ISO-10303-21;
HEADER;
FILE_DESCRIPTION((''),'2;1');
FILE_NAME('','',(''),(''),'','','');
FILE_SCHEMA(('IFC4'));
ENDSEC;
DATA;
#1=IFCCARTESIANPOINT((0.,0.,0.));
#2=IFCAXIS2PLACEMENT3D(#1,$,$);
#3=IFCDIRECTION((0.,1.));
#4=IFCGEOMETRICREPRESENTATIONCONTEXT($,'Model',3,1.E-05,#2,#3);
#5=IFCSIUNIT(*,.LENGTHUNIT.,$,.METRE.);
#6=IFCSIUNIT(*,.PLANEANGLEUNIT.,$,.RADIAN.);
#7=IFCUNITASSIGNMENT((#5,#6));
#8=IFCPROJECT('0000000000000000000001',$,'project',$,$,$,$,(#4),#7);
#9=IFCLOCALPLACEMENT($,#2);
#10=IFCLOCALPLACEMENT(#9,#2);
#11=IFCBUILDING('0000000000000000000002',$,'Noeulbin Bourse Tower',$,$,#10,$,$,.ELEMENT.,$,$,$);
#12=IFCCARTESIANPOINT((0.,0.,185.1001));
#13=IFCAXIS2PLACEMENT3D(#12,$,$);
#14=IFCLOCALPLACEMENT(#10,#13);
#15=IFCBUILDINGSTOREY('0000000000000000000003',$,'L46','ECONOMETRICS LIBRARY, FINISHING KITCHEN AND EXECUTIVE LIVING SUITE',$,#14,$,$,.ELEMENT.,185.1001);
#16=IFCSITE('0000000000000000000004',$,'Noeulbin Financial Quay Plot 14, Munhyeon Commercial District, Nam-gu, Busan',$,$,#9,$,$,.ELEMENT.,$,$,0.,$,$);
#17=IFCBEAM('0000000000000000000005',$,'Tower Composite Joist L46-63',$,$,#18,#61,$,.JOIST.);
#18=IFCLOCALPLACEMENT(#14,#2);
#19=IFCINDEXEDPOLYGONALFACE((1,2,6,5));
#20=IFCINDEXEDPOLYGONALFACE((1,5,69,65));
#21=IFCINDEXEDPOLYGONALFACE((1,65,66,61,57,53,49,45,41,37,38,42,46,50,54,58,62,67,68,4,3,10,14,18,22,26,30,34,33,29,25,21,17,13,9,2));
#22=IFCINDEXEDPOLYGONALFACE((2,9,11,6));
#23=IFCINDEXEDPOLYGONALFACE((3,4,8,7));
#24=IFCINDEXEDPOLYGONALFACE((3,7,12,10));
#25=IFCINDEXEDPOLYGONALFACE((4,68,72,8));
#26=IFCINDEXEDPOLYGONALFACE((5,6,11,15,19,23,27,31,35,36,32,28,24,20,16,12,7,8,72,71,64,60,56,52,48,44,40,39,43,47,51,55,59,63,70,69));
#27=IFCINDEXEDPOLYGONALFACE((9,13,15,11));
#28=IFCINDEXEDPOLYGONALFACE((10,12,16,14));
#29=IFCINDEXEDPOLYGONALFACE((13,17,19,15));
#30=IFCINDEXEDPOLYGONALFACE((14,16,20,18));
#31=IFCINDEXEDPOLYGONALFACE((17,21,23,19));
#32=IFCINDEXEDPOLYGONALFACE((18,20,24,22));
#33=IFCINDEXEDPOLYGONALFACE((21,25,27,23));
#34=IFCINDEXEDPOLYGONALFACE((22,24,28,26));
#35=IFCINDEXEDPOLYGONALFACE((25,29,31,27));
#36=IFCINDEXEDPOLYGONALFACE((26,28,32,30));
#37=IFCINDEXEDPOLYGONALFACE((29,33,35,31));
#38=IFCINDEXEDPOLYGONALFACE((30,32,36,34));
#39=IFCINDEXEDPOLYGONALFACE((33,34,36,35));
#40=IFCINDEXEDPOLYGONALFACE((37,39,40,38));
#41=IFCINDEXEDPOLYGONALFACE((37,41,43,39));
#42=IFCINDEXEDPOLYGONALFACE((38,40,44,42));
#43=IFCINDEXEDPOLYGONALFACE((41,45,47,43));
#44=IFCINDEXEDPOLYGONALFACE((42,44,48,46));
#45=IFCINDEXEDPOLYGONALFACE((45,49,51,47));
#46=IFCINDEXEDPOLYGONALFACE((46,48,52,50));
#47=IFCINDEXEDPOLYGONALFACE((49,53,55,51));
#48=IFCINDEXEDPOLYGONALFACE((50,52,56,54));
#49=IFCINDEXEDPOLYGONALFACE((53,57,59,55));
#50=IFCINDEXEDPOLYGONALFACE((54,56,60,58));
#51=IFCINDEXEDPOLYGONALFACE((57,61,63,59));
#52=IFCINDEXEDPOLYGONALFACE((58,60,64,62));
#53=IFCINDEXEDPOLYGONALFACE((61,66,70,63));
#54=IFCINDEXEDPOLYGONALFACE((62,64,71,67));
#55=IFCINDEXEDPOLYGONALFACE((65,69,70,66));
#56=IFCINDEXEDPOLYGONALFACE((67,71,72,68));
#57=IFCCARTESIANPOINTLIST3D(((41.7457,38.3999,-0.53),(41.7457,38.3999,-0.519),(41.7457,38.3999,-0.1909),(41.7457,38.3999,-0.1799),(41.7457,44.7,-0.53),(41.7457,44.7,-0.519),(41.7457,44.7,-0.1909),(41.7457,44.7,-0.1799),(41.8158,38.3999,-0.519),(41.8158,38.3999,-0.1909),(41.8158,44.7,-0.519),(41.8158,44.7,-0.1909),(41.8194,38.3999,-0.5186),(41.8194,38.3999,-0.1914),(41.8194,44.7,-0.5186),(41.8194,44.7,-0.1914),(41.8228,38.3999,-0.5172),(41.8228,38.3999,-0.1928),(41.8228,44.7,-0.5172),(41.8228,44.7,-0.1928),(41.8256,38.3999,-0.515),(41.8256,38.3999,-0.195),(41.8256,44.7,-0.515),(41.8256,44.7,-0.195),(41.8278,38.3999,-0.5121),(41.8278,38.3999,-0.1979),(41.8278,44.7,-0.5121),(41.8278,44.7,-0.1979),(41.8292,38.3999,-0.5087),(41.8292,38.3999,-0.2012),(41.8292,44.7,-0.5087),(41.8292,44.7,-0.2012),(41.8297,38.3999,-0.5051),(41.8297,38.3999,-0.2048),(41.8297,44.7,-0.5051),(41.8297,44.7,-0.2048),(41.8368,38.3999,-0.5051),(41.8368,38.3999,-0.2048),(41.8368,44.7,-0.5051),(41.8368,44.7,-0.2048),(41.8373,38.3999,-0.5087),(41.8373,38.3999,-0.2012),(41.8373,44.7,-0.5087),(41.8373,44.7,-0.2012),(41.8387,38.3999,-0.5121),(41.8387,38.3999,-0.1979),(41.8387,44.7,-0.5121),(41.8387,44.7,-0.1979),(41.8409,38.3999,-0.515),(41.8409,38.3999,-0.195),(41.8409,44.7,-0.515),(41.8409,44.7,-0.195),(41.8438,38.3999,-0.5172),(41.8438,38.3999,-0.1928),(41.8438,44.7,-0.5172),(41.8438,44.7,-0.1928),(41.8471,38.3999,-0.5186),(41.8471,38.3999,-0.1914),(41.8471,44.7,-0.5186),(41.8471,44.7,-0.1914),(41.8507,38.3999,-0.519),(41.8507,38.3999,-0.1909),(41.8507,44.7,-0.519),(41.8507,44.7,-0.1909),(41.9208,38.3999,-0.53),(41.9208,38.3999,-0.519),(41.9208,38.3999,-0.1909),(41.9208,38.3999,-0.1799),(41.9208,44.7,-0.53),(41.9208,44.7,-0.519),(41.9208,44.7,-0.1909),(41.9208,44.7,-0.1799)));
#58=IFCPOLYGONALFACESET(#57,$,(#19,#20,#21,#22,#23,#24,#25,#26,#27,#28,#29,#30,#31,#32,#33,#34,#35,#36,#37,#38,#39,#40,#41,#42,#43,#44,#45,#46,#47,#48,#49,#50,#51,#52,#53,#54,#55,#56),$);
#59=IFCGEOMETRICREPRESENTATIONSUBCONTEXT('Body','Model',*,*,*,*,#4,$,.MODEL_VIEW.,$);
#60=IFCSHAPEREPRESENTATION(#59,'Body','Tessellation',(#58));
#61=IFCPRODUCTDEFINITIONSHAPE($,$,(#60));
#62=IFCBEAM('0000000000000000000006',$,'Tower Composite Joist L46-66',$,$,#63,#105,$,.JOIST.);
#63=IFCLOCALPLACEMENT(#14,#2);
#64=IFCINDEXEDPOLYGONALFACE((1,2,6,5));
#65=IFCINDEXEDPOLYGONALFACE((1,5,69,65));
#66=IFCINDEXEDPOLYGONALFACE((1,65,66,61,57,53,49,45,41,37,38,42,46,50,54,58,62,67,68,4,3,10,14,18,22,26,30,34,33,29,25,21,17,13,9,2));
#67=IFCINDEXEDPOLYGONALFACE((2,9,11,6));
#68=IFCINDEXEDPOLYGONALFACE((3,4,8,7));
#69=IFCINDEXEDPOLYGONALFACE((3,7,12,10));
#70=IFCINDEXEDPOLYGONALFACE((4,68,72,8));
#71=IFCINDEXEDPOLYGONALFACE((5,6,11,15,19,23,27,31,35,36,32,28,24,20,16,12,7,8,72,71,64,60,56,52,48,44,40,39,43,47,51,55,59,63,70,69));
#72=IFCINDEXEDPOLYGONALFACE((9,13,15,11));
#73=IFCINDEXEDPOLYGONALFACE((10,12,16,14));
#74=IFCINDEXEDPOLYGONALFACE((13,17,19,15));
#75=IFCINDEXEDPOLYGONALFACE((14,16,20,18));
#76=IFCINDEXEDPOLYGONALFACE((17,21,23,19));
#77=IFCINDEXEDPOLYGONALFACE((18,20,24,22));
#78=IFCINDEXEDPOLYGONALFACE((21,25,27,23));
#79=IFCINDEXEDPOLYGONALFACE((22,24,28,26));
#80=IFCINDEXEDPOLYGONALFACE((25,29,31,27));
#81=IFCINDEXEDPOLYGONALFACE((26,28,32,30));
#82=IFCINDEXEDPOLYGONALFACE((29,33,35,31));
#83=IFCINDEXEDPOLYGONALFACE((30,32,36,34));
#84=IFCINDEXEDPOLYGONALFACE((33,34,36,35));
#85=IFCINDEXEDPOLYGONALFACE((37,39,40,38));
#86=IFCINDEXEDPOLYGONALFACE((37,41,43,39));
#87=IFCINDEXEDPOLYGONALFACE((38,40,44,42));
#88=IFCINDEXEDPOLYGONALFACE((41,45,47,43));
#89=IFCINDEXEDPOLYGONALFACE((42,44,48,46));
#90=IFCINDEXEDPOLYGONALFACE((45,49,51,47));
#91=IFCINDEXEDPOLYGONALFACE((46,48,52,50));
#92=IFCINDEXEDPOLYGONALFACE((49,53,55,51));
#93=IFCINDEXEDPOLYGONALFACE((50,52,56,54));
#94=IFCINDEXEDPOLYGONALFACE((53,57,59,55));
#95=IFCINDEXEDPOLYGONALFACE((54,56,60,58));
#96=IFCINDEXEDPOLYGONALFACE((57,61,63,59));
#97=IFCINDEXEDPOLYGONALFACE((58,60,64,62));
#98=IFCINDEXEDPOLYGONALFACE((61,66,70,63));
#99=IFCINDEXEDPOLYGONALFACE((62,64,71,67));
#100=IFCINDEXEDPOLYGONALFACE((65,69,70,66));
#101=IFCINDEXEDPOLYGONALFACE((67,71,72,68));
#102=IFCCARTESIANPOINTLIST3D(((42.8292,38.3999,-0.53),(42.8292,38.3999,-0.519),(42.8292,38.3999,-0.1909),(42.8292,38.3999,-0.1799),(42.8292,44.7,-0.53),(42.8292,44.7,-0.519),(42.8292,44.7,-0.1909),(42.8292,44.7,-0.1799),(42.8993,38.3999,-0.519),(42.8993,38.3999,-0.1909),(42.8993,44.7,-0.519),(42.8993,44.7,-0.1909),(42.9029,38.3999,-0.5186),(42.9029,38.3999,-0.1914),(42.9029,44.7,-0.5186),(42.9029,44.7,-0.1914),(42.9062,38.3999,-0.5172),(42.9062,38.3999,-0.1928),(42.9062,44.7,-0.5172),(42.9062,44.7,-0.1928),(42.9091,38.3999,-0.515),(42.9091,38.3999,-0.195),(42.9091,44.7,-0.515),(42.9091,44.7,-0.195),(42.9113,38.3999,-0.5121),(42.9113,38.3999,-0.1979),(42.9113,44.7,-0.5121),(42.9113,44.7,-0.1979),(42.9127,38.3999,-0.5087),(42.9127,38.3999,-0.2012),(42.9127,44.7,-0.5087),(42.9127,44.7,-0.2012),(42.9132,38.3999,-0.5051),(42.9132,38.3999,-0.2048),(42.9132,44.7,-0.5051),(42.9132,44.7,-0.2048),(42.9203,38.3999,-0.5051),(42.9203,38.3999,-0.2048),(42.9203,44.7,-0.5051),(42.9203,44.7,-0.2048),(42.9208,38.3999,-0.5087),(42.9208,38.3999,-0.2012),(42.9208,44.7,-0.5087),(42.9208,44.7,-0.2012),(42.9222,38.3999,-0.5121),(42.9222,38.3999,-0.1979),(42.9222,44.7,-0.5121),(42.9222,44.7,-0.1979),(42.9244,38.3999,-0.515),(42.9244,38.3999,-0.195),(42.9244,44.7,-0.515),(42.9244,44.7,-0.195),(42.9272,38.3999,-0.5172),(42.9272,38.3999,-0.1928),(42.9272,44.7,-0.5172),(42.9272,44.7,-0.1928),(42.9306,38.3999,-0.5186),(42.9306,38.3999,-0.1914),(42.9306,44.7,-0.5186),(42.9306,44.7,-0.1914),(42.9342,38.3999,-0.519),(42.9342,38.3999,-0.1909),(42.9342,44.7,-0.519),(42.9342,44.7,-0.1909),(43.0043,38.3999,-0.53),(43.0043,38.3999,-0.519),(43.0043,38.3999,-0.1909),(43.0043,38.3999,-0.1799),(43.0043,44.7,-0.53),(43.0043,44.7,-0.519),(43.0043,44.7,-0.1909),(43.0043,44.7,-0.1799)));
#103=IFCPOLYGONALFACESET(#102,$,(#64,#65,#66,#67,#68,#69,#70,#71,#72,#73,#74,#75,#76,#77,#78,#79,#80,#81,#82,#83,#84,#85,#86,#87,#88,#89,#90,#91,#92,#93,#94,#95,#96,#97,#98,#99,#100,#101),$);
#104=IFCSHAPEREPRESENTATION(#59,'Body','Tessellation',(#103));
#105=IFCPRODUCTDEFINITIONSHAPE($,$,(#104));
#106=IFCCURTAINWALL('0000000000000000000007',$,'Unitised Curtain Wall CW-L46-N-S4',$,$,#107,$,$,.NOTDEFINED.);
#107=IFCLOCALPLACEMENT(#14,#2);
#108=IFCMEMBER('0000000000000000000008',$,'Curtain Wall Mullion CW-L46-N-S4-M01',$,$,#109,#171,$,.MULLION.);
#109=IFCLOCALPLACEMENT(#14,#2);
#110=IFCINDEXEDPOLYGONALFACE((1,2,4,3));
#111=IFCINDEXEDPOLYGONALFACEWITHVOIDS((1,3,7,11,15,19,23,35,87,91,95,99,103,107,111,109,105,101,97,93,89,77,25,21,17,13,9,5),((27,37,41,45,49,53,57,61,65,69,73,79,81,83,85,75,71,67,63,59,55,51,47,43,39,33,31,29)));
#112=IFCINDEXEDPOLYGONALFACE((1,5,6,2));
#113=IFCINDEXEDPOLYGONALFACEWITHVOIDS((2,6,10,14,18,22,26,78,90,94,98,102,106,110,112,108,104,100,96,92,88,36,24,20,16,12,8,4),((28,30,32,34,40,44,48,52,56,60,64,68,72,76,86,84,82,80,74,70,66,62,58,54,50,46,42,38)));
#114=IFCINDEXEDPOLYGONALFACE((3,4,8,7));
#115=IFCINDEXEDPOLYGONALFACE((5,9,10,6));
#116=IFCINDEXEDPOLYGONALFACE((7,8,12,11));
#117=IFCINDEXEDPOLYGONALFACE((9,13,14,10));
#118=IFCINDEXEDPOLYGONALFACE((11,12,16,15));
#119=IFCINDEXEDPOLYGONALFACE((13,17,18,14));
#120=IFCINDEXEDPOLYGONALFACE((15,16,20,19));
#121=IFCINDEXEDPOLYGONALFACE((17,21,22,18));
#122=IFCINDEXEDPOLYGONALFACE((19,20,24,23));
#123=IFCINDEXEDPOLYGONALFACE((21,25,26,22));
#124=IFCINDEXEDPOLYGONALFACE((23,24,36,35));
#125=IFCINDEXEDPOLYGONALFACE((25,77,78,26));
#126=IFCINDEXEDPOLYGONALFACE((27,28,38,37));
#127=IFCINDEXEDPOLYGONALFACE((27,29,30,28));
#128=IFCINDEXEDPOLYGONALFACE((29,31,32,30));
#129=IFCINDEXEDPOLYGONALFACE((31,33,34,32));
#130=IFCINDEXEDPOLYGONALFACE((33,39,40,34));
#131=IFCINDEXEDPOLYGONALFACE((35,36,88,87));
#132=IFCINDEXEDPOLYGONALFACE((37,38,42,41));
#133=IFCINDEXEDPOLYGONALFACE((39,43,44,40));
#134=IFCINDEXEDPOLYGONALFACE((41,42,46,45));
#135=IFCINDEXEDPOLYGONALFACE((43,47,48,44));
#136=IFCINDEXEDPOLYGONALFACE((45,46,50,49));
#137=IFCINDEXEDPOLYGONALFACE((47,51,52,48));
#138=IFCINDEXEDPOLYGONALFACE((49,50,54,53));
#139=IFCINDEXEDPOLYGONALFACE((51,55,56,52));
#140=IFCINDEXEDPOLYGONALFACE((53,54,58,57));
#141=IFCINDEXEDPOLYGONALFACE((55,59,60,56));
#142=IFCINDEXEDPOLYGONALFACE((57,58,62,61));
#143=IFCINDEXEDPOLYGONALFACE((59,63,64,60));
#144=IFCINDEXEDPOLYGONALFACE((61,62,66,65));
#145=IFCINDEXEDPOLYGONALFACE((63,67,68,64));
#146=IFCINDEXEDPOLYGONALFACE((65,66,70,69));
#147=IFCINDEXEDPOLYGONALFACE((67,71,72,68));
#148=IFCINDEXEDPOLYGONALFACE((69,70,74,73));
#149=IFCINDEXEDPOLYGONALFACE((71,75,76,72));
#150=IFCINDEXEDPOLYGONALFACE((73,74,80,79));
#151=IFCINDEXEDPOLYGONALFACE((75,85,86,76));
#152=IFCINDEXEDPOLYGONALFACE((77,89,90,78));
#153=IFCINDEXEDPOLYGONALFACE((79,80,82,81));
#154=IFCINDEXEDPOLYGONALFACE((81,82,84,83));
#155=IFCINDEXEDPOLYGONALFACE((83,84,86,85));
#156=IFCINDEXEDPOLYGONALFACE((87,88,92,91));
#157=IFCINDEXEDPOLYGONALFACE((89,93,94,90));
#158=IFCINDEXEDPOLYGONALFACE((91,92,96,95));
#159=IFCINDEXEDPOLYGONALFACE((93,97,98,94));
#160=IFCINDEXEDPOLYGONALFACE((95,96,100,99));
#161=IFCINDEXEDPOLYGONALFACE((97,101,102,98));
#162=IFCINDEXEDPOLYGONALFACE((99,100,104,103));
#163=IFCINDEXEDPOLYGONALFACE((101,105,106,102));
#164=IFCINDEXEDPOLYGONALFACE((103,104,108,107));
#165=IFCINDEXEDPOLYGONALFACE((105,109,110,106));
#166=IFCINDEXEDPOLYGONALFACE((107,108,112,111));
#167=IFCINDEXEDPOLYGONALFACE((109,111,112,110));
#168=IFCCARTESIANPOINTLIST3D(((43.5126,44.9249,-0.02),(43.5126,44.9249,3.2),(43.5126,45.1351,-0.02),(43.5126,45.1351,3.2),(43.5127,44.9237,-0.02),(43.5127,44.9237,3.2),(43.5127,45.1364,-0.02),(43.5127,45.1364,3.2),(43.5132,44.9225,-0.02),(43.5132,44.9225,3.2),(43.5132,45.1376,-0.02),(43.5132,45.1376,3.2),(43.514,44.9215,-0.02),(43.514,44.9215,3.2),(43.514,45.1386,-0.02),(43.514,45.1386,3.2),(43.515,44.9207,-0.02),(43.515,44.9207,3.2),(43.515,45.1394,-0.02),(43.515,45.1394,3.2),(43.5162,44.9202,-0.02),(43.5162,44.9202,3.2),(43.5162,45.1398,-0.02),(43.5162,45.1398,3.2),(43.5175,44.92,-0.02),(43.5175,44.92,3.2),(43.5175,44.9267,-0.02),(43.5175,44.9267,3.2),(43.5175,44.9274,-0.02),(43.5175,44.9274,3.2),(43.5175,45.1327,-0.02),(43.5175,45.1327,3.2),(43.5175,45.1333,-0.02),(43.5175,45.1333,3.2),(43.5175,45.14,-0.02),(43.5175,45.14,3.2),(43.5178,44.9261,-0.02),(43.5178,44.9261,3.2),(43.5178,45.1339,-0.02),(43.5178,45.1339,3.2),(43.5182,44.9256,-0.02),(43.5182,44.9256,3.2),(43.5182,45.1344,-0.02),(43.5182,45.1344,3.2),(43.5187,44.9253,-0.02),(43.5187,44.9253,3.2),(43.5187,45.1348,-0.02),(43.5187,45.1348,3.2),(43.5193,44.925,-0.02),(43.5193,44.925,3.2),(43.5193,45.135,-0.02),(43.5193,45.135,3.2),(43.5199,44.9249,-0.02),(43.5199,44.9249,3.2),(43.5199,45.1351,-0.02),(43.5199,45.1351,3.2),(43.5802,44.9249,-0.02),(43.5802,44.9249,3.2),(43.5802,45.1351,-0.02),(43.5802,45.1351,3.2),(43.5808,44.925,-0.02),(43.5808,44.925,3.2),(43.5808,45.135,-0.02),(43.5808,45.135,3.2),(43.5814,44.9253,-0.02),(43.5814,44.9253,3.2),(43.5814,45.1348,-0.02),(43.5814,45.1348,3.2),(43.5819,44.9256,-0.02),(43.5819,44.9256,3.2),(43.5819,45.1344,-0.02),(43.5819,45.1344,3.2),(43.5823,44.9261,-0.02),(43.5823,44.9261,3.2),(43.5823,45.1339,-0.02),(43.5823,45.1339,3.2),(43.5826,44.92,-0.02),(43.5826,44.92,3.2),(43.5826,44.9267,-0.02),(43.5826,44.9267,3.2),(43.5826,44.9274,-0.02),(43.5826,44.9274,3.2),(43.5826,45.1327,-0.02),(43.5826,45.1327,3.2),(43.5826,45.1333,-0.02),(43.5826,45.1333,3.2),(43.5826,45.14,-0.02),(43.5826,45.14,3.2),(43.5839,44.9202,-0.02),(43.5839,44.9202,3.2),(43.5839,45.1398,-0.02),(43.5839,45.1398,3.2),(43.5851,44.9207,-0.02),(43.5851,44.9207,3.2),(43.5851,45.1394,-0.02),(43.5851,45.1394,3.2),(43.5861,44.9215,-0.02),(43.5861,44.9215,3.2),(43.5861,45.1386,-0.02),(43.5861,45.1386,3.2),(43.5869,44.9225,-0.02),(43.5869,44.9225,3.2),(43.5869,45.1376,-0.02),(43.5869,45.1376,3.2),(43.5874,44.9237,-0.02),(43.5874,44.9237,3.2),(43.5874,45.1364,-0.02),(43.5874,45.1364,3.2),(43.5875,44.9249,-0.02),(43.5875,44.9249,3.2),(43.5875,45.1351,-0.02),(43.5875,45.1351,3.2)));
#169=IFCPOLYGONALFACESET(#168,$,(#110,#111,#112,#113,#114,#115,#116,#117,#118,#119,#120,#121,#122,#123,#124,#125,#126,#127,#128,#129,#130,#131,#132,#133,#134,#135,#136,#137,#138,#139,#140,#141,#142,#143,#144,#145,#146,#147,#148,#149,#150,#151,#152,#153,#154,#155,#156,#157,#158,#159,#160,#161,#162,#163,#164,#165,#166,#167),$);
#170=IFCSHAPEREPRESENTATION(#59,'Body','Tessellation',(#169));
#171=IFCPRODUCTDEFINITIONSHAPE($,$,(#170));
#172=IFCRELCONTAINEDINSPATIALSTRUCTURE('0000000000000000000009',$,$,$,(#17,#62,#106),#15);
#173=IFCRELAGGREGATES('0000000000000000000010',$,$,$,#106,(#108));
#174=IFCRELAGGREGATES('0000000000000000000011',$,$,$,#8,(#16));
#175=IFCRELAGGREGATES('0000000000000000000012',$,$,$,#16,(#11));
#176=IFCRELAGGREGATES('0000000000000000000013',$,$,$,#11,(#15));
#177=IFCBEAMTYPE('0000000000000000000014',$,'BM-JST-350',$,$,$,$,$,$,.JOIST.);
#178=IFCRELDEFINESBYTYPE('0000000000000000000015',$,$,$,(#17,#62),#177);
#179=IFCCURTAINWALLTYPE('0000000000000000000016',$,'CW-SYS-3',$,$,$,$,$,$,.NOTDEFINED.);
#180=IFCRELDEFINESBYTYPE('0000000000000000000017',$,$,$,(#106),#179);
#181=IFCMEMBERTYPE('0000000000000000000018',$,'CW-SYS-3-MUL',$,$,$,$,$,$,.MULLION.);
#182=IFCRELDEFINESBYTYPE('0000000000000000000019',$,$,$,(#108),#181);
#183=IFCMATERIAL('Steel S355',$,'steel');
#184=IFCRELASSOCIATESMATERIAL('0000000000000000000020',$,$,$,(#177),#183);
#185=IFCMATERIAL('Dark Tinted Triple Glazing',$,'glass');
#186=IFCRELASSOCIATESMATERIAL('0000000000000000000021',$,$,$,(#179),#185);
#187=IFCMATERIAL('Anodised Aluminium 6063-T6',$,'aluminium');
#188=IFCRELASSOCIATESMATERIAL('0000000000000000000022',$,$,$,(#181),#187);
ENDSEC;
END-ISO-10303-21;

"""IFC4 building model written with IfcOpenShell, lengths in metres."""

from ifc_helpers import new_model, si_unit, direction, frame, origin, origin_2d, place, context, subcontext, project, spatial, hollow_rectangle, i_section, extrude, material, material_profile, profile_set, type_object, element, aggregate, save


model = new_model("IFC4")

# Units and contexts
model_context = context("Model", 3, precision=1e-05, world=origin(), true_north=direction((0.0, 1.0)))
body_context = subcontext(model_context, "Body", "Model", "MODEL_VIEW")
ifc_project = project(units=[si_unit("LENGTHUNIT", "METRE"), si_unit("PLANEANGLEUNIT", "RADIAN")], contexts=[model_context])

# Site, building, storey
site_placement = place(None, origin())
site = spatial("IfcSite", under=ifc_project, at=site_placement, Name="Noeulbin Financial Quay Plot 14, Munhyeon Commercial District, Nam-gu, Busan", CompositionType="ELEMENT", RefElevation=0.0)
building_placement = place(site_placement, origin())
building = spatial("IfcBuilding", under=site, at=building_placement, Name="Noeulbin Bourse Tower", CompositionType="ELEMENT")
storey_placement = place(building_placement, frame((0.0, 0.0, 185.1001)))
storey = spatial("IfcBuildingStorey", under=building, at=storey_placement, Name="L46", Description="ECONOMETRICS LIBRARY, FINISHING KITCHEN AND EXECUTIVE LIVING SUITE", CompositionType="ELEMENT", Elevation=185.1001)

# Shared definitions
ifc_material_1 = material(Name="Steel S355", Category="steel")

# Beams
ifc_material_profile_1 = material_profile(ifc_material_1, i_section(OverallWidth=0.175, OverallDepth=0.3501, WebThickness=0.0071, FlangeThickness=0.011, FilletRadius=0.0139, at=origin_2d()), Name="H-350x175x7x11", Category="LoadBearing")
ifc_profile_set_1 = profile_set([ifc_material_profile_1], Name="Steel S355")
beam_type_1 = type_object("IfcBeamType", Name="BM-JST-350", PredefinedType="JOIST", material=ifc_profile_set_1)
for number, where, z_axis, x_axis, name in (
    (1, (41.8333, 38.3999, -0.355), (0.0, 1.0, 0.0), (-1.0, 0.0, 0.0), "Tower Composite Joist L46-63"),
    (2, (42.9167, 38.3999, -0.355), (0.0, 1.0, 0.0), (-1.0, 0.0, 0.0), "Tower Composite Joist L46-66"),
):
    element("IfcBeam", number, at=place(storey_placement, frame(where, z_axis=z_axis, x_axis=x_axis)), inside=storey, type_object=beam_type_1, Name=name, PredefinedType="JOIST", context=body_context, shape_type="SweptSolid", body=[
        extrude(i_section(OverallWidth=0.175, OverallDepth=0.3501, WebThickness=0.0071, FlangeThickness=0.011, FilletRadius=0.0139, at=origin_2d()), origin(), (0.0, 0.0, 1.0), 6.3),
    ])

# Curtain wall, member
ifc_material_2 = material(Name="Dark Tinted Triple Glazing", Category="glass")
curtain_wall_type = type_object("IfcCurtainWallType", Name="CW-SYS-3", PredefinedType="NOTDEFINED", material=ifc_material_2)
curtain_wall_1_placement = place(storey_placement, origin())
curtain_wall_1 = element("IfcCurtainWall", 3, at=curtain_wall_1_placement, inside=storey, type_object=curtain_wall_type, Name="Unitised Curtain Wall CW-L46-N-S4", PredefinedType="NOTDEFINED")
ifc_material_3 = material(Name="Anodised Aluminium 6063-T6", Category="aluminium")
ifc_material_profile_2 = material_profile(ifc_material_3, hollow_rectangle(XDim=0.075, YDim=0.22, WallThickness=0.0049, InnerFilletRadius=0.0024, OuterFilletRadius=0.0049, at=origin_2d()), Name="ALU-MULL-75x220x5", Category="LoadBearing")
ifc_profile_set_2 = profile_set([ifc_material_profile_2], Name="Anodised Aluminium 6063-T6")
member_type_1 = type_object("IfcMemberType", Name="CW-SYS-3-MUL", PredefinedType="MULLION", material=ifc_profile_set_2)
member_1_placement = place(storey_placement, frame((43.55, 45.03, -0.02), z_axis=(0.0, 0.0, 1.0), x_axis=(1.0, 0.0, 0.0)))
member_1 = element("IfcMember", 4, at=member_1_placement, type_object=member_type_1, Name="Curtain Wall Mullion CW-L46-N-S4-M01", PredefinedType="MULLION", context=body_context, shape_type="SweptSolid", body=[
    extrude(hollow_rectangle(XDim=0.075, YDim=0.22, WallThickness=0.0049, InnerFilletRadius=0.0024, OuterFilletRadius=0.0049, at=origin_2d()), origin(), (0.0, 0.0, 1.0), 3.22),
])

aggregate(curtain_wall_1, [member_1])

save(model, "model.ifc")
